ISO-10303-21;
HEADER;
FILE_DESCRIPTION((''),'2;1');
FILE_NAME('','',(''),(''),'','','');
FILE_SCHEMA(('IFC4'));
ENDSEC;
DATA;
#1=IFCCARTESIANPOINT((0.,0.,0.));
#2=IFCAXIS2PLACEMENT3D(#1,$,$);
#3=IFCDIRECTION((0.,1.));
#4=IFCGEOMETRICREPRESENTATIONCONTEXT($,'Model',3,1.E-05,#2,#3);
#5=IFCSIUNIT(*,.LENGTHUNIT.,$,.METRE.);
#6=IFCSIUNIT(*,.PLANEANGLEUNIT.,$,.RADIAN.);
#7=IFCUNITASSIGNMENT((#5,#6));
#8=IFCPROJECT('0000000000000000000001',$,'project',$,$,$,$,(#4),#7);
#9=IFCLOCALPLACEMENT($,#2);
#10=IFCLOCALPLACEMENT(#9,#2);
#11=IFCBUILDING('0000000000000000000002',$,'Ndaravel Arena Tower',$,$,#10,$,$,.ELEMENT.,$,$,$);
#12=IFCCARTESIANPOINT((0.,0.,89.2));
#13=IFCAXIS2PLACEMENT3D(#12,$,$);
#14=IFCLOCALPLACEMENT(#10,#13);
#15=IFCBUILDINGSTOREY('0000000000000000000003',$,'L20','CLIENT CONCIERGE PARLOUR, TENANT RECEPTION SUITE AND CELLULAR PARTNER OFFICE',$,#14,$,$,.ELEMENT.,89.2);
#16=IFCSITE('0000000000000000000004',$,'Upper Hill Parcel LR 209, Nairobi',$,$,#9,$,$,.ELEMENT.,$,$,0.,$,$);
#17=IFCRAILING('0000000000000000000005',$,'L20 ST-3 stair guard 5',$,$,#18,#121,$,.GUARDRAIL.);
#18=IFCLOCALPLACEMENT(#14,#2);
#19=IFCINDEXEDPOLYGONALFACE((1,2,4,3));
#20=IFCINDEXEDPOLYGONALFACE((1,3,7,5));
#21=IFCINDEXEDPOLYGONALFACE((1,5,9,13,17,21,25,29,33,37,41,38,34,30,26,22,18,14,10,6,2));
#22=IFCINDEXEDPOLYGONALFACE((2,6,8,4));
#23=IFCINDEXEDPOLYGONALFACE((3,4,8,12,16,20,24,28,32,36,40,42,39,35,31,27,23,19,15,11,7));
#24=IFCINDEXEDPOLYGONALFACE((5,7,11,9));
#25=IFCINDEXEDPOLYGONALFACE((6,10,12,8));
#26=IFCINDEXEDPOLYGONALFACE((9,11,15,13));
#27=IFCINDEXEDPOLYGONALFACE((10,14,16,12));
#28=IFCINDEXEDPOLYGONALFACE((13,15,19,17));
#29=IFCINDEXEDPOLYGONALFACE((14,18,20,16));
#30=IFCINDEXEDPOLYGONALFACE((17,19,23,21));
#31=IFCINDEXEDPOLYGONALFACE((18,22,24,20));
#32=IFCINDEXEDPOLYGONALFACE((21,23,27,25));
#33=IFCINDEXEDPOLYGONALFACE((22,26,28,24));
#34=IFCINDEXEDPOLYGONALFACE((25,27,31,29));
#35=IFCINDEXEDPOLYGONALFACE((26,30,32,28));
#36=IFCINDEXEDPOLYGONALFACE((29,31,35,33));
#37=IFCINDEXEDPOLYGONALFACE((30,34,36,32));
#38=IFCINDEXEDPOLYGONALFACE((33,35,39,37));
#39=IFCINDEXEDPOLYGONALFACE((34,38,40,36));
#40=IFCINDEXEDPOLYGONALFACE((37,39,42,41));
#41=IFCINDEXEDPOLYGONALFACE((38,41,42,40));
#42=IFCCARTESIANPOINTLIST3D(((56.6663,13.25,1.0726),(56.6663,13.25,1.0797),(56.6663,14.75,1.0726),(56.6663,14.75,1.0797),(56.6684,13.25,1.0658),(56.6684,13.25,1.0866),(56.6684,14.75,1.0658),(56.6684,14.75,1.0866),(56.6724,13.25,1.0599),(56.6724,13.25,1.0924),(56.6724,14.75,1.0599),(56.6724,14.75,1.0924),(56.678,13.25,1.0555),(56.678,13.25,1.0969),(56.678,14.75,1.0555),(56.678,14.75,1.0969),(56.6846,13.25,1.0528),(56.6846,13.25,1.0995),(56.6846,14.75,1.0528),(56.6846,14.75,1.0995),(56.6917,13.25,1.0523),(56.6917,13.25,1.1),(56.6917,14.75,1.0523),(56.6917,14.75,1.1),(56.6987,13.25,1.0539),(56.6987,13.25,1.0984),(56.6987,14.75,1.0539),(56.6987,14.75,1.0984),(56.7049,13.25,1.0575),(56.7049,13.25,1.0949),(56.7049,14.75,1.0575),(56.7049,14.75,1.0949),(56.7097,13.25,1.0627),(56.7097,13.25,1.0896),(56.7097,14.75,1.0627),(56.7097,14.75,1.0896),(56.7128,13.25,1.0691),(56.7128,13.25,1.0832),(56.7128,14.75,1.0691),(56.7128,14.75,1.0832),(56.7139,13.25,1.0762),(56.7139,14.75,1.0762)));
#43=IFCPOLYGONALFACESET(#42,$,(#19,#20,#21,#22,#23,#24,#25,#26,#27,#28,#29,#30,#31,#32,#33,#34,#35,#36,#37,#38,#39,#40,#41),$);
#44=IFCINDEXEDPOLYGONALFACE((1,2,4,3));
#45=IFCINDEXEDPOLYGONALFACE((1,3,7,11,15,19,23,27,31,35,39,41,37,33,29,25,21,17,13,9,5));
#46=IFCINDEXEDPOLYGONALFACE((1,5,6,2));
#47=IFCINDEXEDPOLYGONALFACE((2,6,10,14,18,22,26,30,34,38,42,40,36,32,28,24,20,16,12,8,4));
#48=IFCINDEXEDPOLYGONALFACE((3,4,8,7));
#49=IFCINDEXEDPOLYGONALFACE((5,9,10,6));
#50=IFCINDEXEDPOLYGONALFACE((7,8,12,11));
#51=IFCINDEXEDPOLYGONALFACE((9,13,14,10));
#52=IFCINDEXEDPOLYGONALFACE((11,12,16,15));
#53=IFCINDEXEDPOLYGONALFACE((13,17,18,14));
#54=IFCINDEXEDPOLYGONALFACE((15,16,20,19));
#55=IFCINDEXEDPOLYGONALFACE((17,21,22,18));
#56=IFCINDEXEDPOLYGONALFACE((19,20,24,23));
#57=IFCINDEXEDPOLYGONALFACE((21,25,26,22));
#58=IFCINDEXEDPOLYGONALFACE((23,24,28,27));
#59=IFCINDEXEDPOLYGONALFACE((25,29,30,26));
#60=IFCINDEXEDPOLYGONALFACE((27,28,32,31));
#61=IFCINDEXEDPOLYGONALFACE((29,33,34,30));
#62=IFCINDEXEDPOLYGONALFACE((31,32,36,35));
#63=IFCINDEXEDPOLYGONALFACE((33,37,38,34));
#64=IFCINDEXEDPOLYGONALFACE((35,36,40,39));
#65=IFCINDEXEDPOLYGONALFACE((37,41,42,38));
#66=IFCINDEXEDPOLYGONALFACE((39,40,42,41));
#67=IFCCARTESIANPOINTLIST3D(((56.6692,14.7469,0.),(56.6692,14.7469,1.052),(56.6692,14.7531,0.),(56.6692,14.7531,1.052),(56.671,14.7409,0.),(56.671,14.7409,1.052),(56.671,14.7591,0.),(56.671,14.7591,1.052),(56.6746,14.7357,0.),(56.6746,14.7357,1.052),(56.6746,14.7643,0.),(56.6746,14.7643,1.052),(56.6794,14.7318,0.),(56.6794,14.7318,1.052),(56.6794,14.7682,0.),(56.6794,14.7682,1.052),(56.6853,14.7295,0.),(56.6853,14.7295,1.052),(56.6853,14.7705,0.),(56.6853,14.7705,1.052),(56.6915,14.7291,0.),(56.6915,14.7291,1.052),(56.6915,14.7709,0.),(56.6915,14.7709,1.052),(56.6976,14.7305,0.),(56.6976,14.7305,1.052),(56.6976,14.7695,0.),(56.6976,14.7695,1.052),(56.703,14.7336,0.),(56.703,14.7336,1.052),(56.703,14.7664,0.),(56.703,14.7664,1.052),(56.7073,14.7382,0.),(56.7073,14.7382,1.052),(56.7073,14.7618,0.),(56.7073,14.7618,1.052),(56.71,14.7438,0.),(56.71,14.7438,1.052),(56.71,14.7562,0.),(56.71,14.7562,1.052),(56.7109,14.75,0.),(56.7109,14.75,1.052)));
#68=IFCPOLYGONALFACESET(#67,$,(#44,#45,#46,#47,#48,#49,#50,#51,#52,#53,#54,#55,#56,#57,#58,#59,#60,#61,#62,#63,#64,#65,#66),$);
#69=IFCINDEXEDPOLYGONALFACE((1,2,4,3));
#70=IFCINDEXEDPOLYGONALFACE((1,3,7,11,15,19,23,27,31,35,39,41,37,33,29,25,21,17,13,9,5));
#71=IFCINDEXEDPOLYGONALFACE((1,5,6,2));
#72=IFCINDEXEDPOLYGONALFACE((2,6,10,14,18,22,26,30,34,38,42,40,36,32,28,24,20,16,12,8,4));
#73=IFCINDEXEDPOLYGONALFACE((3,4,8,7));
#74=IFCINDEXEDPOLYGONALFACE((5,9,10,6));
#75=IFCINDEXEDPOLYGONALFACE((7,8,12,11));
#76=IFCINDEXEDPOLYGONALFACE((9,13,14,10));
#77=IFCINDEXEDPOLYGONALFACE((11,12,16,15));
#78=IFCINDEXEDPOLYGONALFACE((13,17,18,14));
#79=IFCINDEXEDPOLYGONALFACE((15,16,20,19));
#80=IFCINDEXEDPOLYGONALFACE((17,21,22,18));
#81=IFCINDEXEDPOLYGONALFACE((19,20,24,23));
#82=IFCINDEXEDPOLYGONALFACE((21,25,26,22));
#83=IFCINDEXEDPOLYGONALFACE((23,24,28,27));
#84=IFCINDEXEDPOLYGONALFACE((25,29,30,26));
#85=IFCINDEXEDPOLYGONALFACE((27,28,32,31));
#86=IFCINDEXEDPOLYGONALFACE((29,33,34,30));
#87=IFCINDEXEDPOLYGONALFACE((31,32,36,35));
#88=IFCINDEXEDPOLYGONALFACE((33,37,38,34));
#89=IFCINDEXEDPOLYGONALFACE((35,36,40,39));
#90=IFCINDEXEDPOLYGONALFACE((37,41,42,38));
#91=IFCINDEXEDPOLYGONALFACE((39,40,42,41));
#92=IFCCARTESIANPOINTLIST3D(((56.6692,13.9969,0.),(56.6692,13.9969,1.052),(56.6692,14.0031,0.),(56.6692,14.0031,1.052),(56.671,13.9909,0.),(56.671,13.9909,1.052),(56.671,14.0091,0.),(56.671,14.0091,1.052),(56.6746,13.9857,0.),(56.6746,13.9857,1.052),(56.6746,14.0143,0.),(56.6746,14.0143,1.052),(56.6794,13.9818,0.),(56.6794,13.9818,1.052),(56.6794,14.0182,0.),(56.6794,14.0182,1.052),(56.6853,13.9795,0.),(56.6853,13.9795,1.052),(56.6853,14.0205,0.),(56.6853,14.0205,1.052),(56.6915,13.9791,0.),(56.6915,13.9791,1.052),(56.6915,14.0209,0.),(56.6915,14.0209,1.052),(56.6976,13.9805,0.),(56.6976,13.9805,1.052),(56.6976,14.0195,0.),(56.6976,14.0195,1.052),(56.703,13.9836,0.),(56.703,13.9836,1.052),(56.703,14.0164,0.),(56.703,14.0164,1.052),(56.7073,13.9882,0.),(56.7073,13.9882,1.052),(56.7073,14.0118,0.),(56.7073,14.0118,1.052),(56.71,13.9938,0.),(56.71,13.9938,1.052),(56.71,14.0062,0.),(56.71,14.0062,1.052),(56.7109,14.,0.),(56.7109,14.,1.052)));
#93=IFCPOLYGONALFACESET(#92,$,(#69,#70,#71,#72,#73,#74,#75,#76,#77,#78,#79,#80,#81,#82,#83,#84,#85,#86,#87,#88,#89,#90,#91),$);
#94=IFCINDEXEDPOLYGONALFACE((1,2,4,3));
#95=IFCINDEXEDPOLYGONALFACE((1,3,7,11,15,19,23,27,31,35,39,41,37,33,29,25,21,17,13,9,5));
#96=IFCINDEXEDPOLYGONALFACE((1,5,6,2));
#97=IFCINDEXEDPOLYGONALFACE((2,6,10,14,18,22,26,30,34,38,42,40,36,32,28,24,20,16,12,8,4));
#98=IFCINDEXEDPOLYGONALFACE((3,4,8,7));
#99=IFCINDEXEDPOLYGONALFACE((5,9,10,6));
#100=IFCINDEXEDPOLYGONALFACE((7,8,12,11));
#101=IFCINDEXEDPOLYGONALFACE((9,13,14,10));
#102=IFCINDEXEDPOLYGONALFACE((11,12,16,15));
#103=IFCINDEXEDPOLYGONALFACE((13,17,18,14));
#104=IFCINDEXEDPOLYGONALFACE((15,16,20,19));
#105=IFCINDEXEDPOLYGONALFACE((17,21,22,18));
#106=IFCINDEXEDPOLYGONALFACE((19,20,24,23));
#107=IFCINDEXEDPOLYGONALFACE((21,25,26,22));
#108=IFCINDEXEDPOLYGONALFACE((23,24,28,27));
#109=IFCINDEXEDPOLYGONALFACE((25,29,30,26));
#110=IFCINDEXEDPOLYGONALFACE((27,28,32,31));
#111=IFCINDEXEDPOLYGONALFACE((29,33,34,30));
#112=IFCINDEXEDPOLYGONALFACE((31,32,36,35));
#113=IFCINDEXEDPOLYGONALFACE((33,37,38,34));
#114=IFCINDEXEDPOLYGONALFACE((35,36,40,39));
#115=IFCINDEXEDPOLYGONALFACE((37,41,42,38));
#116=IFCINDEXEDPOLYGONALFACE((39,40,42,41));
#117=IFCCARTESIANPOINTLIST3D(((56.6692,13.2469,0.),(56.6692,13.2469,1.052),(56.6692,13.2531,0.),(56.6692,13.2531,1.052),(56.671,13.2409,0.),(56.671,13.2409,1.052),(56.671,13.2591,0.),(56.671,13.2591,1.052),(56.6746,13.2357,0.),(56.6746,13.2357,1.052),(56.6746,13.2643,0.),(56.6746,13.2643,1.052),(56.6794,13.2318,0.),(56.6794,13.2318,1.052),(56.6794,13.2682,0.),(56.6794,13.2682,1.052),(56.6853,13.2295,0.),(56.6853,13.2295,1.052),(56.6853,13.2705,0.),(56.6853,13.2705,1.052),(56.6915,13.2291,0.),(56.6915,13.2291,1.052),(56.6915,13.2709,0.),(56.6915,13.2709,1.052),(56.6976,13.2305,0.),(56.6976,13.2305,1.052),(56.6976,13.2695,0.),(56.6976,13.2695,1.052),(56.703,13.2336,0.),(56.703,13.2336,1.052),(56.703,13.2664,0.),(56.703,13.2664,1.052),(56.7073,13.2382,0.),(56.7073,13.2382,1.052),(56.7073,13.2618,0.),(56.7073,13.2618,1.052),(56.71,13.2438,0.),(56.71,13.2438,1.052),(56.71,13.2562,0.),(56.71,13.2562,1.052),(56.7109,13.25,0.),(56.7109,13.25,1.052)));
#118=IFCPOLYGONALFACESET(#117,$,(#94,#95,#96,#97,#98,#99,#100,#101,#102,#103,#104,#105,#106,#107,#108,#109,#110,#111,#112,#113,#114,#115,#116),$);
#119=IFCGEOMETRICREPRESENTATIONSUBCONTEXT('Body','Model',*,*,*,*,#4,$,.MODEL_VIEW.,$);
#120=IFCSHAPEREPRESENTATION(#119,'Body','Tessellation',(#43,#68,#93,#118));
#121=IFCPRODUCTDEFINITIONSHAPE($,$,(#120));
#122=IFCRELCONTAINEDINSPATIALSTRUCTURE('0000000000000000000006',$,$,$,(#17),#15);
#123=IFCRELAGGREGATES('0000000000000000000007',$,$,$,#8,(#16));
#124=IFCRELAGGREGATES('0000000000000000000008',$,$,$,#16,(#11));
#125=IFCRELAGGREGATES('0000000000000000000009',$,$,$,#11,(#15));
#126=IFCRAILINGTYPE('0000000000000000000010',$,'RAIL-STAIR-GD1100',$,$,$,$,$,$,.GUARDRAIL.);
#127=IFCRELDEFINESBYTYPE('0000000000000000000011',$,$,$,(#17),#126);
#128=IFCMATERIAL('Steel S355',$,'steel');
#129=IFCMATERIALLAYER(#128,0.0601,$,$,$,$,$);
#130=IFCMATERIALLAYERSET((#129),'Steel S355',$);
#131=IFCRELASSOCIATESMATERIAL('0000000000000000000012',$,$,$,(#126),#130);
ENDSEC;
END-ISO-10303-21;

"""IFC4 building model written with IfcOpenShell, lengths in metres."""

from ifc_helpers import new_model, si_unit, direction, frame, origin, origin_2d, place, context, subcontext, project, spatial, circle, extrude, material, layer, layer_set, type_object, element, save


model = new_model("IFC4")

# Units and contexts
model_context = context("Model", 3, precision=1e-05, world=origin(), true_north=direction((0.0, 1.0)))
body_context = subcontext(model_context, "Body", "Model", "MODEL_VIEW")
ifc_project = project(units=[si_unit("LENGTHUNIT", "METRE"), si_unit("PLANEANGLEUNIT", "RADIAN")], contexts=[model_context])

# Site, building, storey
site_placement = place(None, origin())
site = spatial("IfcSite", under=ifc_project, at=site_placement, Name="Upper Hill Parcel LR 209, Nairobi", CompositionType="ELEMENT", RefElevation=0.0)
building_placement = place(site_placement, origin())
building = spatial("IfcBuilding", under=site, at=building_placement, Name="Ndaravel Arena Tower", CompositionType="ELEMENT")
storey_placement = place(building_placement, frame((0.0, 0.0, 89.2)))
storey = spatial("IfcBuildingStorey", under=building, at=storey_placement, Name="L20", Description="CLIENT CONCIERGE PARLOUR, TENANT RECEPTION SUITE AND CELLULAR PARTNER OFFICE", CompositionType="ELEMENT", Elevation=89.2)

# Railing
ifc_material_1 = material(Name="Steel S355", Category="steel")
ifc_layer_1 = layer(ifc_material_1, 0.0601)
ifc_layer_set_1 = layer_set([ifc_layer_1], Name="Steel S355")
railing_type = type_object("IfcRailingType", Name="RAIL-STAIR-GD1100", PredefinedType="GUARDRAIL", material=ifc_layer_set_1)
for number, where, name in (
    (1, (56.6899, 14.75, 0.0), "L20 ST-3 stair guard 5"),
):
    element("IfcRailing", number, at=place(storey_placement, frame(where)), inside=storey, type_object=railing_type, Name=name, PredefinedType="GUARDRAIL", context=body_context, shape_type="SweptSolid", body=[
        extrude(circle(Radius=0.0239, at=origin_2d()), frame((0.0, 0.0, 1.0762), z_axis=(0.0, -1.0, 0.0), x_axis=(1.0, 0.0, 0.0)), (0.0, 0.0, 1.0), 1.5),
        extrude(circle(Radius=0.021, at=origin_2d()), origin(), (0.0, 0.0, 1.0), 1.052),
        extrude(circle(Radius=0.021, at=origin_2d()), frame((0.0, -0.75, 0.0)), (0.0, 0.0, 1.0), 1.052),
        extrude(circle(Radius=0.021, at=origin_2d()), frame((0.0, -1.5, 0.0)), (0.0, 0.0, 1.0), 1.052),
    ])

save(model, "model.ifc")
